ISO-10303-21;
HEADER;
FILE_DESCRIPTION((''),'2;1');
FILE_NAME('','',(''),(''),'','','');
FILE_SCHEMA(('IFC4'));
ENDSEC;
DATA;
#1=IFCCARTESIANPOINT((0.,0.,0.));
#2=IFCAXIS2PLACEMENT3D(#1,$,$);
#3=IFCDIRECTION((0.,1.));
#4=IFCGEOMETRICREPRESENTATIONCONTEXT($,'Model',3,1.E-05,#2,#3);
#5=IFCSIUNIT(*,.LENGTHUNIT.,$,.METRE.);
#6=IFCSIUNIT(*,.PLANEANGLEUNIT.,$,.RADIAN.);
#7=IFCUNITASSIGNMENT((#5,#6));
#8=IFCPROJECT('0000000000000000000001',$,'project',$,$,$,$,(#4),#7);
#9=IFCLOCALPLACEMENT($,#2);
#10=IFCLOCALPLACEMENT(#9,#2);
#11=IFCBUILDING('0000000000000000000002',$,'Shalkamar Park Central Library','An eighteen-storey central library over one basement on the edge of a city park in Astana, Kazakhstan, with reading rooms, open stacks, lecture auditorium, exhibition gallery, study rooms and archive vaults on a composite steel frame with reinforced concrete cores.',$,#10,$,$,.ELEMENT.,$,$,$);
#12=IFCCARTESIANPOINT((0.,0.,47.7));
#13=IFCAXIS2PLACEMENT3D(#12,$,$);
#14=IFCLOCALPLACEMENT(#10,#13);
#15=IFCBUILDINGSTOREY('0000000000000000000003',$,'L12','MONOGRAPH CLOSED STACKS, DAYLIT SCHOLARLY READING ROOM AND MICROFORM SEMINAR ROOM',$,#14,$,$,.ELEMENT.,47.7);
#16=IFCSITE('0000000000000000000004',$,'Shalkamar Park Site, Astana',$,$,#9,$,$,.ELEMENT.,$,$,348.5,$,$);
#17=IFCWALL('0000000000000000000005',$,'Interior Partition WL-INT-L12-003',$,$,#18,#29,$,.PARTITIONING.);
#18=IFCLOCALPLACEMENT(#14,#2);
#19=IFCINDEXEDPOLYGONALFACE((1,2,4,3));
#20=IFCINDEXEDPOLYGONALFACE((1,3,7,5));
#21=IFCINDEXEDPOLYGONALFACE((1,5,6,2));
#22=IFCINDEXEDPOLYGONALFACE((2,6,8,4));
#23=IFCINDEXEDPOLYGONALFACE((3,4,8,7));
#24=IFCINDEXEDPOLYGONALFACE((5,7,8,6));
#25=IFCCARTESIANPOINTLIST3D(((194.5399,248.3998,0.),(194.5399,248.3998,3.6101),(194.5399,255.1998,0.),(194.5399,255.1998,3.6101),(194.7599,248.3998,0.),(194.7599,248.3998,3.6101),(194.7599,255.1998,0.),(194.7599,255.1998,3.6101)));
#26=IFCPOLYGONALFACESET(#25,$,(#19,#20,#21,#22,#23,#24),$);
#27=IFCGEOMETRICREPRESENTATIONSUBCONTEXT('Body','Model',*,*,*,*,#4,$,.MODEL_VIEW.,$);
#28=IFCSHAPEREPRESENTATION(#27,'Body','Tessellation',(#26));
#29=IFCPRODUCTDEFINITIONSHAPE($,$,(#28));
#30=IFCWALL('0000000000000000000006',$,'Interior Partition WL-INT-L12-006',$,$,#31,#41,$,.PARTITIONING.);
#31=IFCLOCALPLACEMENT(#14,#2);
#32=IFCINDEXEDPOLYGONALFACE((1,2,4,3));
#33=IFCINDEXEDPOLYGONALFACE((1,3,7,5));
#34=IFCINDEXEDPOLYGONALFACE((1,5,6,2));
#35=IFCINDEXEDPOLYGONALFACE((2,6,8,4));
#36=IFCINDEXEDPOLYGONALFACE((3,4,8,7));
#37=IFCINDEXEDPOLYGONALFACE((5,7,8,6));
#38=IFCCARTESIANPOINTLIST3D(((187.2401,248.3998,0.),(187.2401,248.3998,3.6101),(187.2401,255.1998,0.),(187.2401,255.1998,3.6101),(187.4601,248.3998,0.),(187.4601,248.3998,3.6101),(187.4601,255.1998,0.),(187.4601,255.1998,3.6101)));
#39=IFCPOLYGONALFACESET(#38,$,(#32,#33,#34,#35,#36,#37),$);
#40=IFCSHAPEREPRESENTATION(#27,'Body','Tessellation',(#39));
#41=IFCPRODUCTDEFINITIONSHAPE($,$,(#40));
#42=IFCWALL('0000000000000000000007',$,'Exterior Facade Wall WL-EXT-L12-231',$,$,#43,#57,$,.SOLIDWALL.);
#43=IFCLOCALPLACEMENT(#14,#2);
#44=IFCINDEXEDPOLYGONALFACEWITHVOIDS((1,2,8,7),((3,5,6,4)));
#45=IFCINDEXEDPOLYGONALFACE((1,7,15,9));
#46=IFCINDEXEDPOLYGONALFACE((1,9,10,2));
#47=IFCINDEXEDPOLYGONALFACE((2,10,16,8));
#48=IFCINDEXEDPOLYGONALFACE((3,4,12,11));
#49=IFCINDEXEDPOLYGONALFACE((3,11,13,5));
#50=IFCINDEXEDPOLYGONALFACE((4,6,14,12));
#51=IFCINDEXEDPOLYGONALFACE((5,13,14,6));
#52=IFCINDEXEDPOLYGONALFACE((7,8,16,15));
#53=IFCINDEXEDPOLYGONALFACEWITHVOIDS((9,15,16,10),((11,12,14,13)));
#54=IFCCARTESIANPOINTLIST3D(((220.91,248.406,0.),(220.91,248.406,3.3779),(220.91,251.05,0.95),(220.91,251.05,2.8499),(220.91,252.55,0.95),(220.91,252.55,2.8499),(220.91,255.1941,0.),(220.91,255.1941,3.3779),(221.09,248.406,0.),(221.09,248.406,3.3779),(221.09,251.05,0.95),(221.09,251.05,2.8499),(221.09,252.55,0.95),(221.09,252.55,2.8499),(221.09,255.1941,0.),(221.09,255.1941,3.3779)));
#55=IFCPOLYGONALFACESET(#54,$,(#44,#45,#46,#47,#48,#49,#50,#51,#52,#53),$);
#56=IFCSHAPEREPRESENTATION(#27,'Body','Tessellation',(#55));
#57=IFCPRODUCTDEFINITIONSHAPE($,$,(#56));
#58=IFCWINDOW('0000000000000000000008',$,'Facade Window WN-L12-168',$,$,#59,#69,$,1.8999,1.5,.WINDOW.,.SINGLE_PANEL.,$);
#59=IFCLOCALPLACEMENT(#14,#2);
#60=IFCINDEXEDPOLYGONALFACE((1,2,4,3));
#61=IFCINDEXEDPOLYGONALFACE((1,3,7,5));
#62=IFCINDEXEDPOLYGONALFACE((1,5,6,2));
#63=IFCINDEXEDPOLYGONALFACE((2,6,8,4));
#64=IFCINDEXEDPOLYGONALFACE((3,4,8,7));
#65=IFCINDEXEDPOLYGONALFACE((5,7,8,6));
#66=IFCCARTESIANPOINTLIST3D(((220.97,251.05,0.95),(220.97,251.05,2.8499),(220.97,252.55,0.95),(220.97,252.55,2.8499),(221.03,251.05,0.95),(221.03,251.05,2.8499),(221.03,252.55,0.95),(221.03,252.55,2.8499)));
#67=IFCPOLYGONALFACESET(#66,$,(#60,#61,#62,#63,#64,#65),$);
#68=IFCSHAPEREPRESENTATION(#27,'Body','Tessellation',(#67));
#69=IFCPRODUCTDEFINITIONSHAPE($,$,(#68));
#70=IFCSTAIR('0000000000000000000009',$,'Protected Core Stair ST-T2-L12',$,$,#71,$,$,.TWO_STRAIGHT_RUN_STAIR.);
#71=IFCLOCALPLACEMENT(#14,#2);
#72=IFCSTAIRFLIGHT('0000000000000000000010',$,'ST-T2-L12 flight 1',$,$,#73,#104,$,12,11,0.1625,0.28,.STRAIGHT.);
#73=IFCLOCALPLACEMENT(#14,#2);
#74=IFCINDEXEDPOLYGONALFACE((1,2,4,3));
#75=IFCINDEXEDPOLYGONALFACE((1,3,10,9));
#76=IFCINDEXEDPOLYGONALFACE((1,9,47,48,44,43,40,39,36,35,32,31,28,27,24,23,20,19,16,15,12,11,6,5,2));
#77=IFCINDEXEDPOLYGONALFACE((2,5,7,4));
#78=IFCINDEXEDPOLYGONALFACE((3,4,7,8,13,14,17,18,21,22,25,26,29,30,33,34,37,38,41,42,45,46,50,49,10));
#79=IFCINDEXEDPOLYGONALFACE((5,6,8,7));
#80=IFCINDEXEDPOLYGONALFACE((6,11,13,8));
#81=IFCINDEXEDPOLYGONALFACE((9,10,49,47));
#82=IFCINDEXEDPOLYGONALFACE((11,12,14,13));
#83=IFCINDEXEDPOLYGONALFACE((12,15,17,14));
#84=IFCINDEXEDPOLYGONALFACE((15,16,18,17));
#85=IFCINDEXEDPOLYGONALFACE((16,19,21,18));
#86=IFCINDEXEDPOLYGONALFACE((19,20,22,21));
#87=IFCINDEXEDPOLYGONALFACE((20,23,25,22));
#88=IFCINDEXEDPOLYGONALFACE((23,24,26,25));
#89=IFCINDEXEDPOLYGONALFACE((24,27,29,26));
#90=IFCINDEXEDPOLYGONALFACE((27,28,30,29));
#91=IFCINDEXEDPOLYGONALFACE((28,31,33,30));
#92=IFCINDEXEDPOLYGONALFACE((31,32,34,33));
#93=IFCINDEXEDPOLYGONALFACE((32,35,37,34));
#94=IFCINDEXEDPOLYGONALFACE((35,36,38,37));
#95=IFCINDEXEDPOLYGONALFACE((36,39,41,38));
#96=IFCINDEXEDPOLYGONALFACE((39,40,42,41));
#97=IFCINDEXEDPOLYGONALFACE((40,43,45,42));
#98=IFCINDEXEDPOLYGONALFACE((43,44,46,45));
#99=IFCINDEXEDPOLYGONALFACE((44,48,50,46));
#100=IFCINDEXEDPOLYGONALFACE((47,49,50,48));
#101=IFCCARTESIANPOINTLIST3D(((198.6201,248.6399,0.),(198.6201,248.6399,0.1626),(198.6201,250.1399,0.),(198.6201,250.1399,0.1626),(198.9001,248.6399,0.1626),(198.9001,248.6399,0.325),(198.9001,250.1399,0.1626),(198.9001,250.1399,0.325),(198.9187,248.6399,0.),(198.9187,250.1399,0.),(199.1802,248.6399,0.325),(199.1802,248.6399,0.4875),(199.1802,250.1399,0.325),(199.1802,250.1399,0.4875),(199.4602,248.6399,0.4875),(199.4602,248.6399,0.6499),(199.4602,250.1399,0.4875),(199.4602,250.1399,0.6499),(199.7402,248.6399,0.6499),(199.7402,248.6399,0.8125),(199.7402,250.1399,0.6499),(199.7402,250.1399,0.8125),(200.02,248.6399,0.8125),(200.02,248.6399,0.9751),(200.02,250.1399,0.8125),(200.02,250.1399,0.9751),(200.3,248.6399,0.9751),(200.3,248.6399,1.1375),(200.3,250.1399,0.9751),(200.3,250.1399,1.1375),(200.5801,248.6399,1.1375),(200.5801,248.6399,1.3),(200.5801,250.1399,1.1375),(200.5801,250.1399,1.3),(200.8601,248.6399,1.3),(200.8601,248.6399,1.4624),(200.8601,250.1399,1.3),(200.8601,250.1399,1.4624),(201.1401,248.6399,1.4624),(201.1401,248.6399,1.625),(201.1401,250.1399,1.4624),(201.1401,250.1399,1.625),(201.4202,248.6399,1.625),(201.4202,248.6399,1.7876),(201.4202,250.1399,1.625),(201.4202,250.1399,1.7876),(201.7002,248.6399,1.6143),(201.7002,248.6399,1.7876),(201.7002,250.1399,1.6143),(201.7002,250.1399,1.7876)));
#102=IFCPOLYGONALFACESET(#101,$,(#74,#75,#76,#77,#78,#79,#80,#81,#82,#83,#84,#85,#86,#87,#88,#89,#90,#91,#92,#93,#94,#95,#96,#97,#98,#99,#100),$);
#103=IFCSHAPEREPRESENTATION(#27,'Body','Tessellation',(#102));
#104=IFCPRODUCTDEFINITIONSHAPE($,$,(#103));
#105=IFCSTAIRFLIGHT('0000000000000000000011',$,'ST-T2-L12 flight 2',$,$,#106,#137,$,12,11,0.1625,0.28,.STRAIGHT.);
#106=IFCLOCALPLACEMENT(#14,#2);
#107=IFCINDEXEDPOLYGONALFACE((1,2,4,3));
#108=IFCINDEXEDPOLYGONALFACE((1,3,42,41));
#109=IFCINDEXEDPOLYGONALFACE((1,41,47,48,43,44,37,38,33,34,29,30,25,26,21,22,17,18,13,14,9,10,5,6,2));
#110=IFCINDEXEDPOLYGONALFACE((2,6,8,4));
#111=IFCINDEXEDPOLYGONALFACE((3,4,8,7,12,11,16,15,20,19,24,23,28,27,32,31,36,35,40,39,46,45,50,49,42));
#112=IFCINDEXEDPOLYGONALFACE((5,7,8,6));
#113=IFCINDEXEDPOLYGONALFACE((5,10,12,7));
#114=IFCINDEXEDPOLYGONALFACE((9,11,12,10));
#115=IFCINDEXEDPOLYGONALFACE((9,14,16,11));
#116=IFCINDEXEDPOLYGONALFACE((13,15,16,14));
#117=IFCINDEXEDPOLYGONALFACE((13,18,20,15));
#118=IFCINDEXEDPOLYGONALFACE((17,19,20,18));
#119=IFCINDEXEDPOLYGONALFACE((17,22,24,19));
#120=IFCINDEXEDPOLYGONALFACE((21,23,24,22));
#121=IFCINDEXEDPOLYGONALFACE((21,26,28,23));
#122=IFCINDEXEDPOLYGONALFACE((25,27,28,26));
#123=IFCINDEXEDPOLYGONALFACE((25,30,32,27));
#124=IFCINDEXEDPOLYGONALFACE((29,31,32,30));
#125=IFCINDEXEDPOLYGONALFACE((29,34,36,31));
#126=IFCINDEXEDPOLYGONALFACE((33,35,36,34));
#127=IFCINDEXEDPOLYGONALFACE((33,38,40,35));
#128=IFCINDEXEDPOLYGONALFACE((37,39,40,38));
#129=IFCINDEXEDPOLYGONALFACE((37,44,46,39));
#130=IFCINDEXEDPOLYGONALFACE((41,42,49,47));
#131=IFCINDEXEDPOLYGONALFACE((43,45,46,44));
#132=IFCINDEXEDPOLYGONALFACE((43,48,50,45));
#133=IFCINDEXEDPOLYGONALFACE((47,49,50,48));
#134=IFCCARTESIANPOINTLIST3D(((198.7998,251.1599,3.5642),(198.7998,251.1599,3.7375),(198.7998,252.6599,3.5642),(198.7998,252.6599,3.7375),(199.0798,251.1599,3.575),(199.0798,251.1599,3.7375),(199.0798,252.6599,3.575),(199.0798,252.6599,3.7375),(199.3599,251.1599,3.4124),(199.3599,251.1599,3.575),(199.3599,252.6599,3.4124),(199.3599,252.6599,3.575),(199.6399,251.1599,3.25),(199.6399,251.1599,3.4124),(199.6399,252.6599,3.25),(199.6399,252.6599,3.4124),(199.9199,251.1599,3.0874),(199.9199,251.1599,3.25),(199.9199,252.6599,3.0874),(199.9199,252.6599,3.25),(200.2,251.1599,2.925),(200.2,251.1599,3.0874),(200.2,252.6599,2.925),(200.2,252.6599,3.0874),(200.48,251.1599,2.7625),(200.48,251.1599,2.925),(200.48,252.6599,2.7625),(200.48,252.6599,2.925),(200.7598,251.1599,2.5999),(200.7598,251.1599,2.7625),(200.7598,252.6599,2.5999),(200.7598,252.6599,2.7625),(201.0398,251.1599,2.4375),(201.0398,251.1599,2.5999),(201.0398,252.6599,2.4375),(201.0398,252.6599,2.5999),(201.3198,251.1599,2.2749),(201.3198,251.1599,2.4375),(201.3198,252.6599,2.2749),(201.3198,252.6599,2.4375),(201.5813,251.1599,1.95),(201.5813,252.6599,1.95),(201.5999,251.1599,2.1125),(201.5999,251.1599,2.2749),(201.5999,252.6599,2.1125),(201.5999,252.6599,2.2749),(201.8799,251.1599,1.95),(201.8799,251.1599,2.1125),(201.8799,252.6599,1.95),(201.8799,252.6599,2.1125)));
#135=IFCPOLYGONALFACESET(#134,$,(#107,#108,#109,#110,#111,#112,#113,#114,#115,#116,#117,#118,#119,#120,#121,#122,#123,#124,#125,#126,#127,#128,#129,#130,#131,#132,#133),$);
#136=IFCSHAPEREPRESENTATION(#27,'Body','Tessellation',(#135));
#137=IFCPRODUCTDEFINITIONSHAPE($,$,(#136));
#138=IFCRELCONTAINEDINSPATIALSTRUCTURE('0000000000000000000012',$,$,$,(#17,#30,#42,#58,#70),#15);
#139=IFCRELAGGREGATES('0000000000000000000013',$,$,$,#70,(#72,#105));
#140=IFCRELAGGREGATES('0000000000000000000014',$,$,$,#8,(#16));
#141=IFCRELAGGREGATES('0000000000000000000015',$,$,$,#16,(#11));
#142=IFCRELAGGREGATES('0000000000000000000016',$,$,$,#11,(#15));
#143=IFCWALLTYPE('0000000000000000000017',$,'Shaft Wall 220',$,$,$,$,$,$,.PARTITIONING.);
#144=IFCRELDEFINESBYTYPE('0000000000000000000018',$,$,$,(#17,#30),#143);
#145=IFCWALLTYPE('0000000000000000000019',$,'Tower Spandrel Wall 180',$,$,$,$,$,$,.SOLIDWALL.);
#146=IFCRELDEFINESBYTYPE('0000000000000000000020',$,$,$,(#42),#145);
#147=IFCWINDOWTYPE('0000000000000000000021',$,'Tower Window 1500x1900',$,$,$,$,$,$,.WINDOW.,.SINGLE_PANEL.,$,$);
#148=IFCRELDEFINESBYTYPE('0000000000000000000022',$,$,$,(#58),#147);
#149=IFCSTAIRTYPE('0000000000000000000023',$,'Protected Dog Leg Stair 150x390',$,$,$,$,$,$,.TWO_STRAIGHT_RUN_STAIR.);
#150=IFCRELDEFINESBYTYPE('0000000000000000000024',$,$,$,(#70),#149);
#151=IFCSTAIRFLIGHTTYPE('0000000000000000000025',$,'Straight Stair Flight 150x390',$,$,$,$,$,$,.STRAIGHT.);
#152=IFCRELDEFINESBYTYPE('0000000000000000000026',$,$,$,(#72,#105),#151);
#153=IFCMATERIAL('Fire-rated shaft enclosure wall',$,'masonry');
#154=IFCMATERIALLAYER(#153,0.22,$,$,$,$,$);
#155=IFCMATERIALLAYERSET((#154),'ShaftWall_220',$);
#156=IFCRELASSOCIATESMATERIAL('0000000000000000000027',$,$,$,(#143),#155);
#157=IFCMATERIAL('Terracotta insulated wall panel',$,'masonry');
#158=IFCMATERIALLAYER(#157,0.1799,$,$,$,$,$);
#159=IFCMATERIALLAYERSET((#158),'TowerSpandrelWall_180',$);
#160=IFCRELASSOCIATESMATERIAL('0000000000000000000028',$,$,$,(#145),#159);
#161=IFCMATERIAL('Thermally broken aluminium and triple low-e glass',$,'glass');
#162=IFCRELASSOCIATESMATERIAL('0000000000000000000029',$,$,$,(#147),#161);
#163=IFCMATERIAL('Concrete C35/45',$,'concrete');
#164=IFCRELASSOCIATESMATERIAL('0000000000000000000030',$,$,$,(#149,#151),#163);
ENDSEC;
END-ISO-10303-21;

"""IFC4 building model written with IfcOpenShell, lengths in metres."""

from ifc_helpers import new_model, si_unit, direction, frame, frame_2d, origin, place, context, subcontext, project, spatial, polyline, rectangle, outline, extrude, material, layer, layer_set, type_object, element, fill, aggregate, save


model = new_model("IFC4")

# Units and contexts
model_context = context("Model", 3, precision=1e-05, world=origin(), true_north=direction((0.0, 1.0)))
body_context = subcontext(model_context, "Body", "Model", "MODEL_VIEW")
ifc_project = project(units=[si_unit("LENGTHUNIT", "METRE"), si_unit("PLANEANGLEUNIT", "RADIAN")], contexts=[model_context])

# Site, building, storey
site_placement = place(None, origin())
site = spatial("IfcSite", under=ifc_project, at=site_placement, Name="Shalkamar Park Site, Astana", CompositionType="ELEMENT", RefElevation=348.5)
building_placement = place(site_placement, origin())
building = spatial("IfcBuilding", under=site, at=building_placement, Name="Shalkamar Park Central Library", Description="An eighteen-storey central library over one basement on the edge of a city park in Astana, Kazakhstan, with reading rooms, open stacks, lecture auditorium, exhibition gallery, study rooms and archive vaults on a composite steel frame with reinforced concrete cores.", CompositionType="ELEMENT")
storey_placement = place(building_placement, frame((0.0, 0.0, 47.7)))
storey = spatial("IfcBuildingStorey", under=building, at=storey_placement, Name="L12", Description="MONOGRAPH CLOSED STACKS, DAYLIT SCHOLARLY READING ROOM AND MICROFORM SEMINAR ROOM", CompositionType="ELEMENT", Elevation=47.7)

# Walls
ifc_material_1 = material(Name="Fire-rated shaft enclosure wall", Category="masonry")
ifc_layer_1 = layer(ifc_material_1, 0.22)
ifc_layer_set_1 = layer_set([ifc_layer_1], Name="ShaftWall_220")
wall_type_1 = type_object("IfcWallType", Name="Shaft Wall 220", PredefinedType="PARTITIONING", material=ifc_layer_set_1)
for number, where, z_axis, x_axis, name in (
    (1, (194.6499, 248.3999, 0.0), (0.0, 0.0, 1.0), (0.0, 1.0, 0.0), "Interior Partition WL-INT-L12-003"),
    (2, (187.3501, 248.3999, 0.0), (0.0, 0.0, 1.0), (0.0, 1.0, 0.0), "Interior Partition WL-INT-L12-006"),
):
    element("IfcWall", number, at=place(storey_placement, frame(where, z_axis=z_axis, x_axis=x_axis)), inside=storey, type_object=wall_type_1, Name=name, PredefinedType="PARTITIONING", context=body_context, shape_type="SweptSolid", body=[
        extrude(rectangle(XDim=6.8, YDim=0.22, at=frame_2d((3.3999, 0.0))), origin(), (0.0, 0.0, 1.0), 3.6101),
    ])

# Wall, opening, window
ifc_material_2 = material(Name="Terracotta insulated wall panel", Category="masonry")
ifc_layer_2 = layer(ifc_material_2, 0.1799)
ifc_layer_set_2 = layer_set([ifc_layer_2], Name="TowerSpandrelWall_180")
wall_type_2 = type_object("IfcWallType", Name="Tower Spandrel Wall 180", PredefinedType="SOLIDWALL", material=ifc_layer_set_2)
wall_1_placement = place(storey_placement, frame((221.0, 248.406, 0.0), z_axis=(0.0, 0.0, 1.0), x_axis=(0.0, 1.0, 0.0)))
wall_1 = element("IfcWall", 3, at=wall_1_placement, inside=storey, type_object=wall_type_2, Name="Exterior Facade Wall WL-EXT-L12-231", PredefinedType="SOLIDWALL", context=body_context, shape_type="SweptSolid", body=[
    extrude(rectangle(XDim=6.7881, YDim=0.1799, at=frame_2d((3.394, 0.0))), origin(), (0.0, 0.0, 1.0), 3.3779),
])
opening_1_placement = place(wall_1_placement, frame((2.644, 0.0, 0.95)))
opening_1 = element("IfcOpeningElement", 4, at=opening_1_placement, cuts=wall_1, PredefinedType="OPENING", context=body_context, shape_type="SweptSolid", body=[
    extrude(rectangle(XDim=1.5, YDim=1.8999, at=frame_2d((0.75, 0.95))), frame((0.0, 0.105, 0.0), z_axis=(0.0, -1.0, 0.0), x_axis=(1.0, 0.0, 0.0)), (0.0, 0.0, 1.0), 0.2097),
])
ifc_material_3 = material(Name="Thermally broken aluminium and triple low-e glass", Category="glass")
window_type = type_object("IfcWindowType", Name="Tower Window 1500x1900", PartitioningType="SINGLE_PANEL", PredefinedType="WINDOW", material=ifc_material_3)
window_placement = place(opening_1_placement, origin())
window = element("IfcWindow", 5, at=window_placement, inside=storey, type_object=window_type, Name="Facade Window WN-L12-168", OverallHeight=1.8999, OverallWidth=1.5, PartitioningType="SINGLE_PANEL", PredefinedType="WINDOW", context=body_context, shape_type="SweptSolid", body=[
    extrude(rectangle(XDim=1.5, YDim=1.8999, at=frame_2d((0.75, 0.95))), frame((0.0, 0.03, 0.0), z_axis=(0.0, -1.0, 0.0), x_axis=(1.0, 0.0, 0.0)), (0.0, 0.0, 1.0), 0.0601),
])
fill(opening_1, window)

# Stair, stair flights
ifc_material_4 = material(Name="Concrete C35/45", Category="concrete")
stair_type = type_object("IfcStairType", Name="Protected Dog Leg Stair 150x390", PredefinedType="TWO_STRAIGHT_RUN_STAIR", material=ifc_material_4)
stair_placement = place(storey_placement, origin())
stair = element("IfcStair", 6, at=stair_placement, inside=storey, type_object=stair_type, Name="Protected Core Stair ST-T2-L12", PredefinedType="TWO_STRAIGHT_RUN_STAIR")
stair_flight_type = type_object("IfcStairFlightType", Name="Straight Stair Flight 150x390", PredefinedType="STRAIGHT", material=ifc_material_4)
stair_flight_1_placement = place(storey_placement, frame((198.6201, 249.3899, 0.0), z_axis=(0.0, 0.0, 1.0), x_axis=(1.0, 0.0, 0.0)))
stair_flight_1 = element("IfcStairFlight", 7, at=stair_flight_1_placement, type_object=stair_flight_type, Name="ST-T2-L12 flight 1", NumberOfRisers=12, NumberOfTreads=11, PredefinedType="STRAIGHT", RiserHeight=0.1625, TreadLength=0.28, context=body_context, shape_type="SweptSolid", body=[
    extrude(outline(polyline([(0.0, 0.0), (0.0, 0.1626), (0.28, 0.1626), (0.28, 0.325), (0.5601, 0.325), (0.5601, 0.4875), (0.8401, 0.4875), (0.8401, 0.6499), (1.1201, 0.6499), (1.1201, 0.8125), (1.3999, 0.8125), (1.3999, 0.9751), (1.6799, 0.9751), (1.6799, 1.1375), (1.96, 1.1375), (1.96, 1.3), (2.24, 1.3), (2.24, 1.4624), (2.52, 1.4624), (2.52, 1.625), (2.8, 1.625), (2.8, 1.7876), (3.0801, 1.7876), (3.0801, 1.95), (3.0801, 1.6143), (0.2986, 0.0), (0.0, 0.0)])), frame((0.0, 0.75, 0.0), z_axis=(0.0, -1.0, 0.0), x_axis=(1.0, 0.0, 0.0)), (0.0, 0.0, 1.0), 1.5),
])
stair_flight_2_placement = place(storey_placement, frame((201.8799, 251.9099, 1.95), z_axis=(0.0, 0.0, 1.0), x_axis=(-1.0, 0.0, 0.0)))
stair_flight_2 = element("IfcStairFlight", 8, at=stair_flight_2_placement, type_object=stair_flight_type, Name="ST-T2-L12 flight 2", NumberOfRisers=12, NumberOfTreads=11, PredefinedType="STRAIGHT", RiserHeight=0.1625, TreadLength=0.28, context=body_context, shape_type="SweptSolid", body=[
    extrude(outline(polyline([(0.0, 0.0), (0.0, 0.1626), (0.28, 0.1626), (0.28, 0.325), (0.5601, 0.325), (0.5601, 0.4875), (0.8401, 0.4875), (0.8401, 0.6499), (1.1201, 0.6499), (1.1201, 0.8125), (1.3999, 0.8125), (1.3999, 0.9751), (1.6799, 0.9751), (1.6799, 1.1375), (1.96, 1.1375), (1.96, 1.3), (2.24, 1.3), (2.24, 1.4624), (2.52, 1.4624), (2.52, 1.625), (2.8, 1.625), (2.8, 1.7876), (3.0801, 1.7876), (3.0801, 1.95), (3.0801, 1.6143), (0.2986, 0.0), (0.0, 0.0)])), frame((0.0, 0.75, 0.0), z_axis=(0.0, -1.0, 0.0), x_axis=(1.0, 0.0, 0.0)), (0.0, 0.0, 1.0), 1.5),
])
aggregate(stair, [stair_flight_1, stair_flight_2])

save(model, "model.ifc")
